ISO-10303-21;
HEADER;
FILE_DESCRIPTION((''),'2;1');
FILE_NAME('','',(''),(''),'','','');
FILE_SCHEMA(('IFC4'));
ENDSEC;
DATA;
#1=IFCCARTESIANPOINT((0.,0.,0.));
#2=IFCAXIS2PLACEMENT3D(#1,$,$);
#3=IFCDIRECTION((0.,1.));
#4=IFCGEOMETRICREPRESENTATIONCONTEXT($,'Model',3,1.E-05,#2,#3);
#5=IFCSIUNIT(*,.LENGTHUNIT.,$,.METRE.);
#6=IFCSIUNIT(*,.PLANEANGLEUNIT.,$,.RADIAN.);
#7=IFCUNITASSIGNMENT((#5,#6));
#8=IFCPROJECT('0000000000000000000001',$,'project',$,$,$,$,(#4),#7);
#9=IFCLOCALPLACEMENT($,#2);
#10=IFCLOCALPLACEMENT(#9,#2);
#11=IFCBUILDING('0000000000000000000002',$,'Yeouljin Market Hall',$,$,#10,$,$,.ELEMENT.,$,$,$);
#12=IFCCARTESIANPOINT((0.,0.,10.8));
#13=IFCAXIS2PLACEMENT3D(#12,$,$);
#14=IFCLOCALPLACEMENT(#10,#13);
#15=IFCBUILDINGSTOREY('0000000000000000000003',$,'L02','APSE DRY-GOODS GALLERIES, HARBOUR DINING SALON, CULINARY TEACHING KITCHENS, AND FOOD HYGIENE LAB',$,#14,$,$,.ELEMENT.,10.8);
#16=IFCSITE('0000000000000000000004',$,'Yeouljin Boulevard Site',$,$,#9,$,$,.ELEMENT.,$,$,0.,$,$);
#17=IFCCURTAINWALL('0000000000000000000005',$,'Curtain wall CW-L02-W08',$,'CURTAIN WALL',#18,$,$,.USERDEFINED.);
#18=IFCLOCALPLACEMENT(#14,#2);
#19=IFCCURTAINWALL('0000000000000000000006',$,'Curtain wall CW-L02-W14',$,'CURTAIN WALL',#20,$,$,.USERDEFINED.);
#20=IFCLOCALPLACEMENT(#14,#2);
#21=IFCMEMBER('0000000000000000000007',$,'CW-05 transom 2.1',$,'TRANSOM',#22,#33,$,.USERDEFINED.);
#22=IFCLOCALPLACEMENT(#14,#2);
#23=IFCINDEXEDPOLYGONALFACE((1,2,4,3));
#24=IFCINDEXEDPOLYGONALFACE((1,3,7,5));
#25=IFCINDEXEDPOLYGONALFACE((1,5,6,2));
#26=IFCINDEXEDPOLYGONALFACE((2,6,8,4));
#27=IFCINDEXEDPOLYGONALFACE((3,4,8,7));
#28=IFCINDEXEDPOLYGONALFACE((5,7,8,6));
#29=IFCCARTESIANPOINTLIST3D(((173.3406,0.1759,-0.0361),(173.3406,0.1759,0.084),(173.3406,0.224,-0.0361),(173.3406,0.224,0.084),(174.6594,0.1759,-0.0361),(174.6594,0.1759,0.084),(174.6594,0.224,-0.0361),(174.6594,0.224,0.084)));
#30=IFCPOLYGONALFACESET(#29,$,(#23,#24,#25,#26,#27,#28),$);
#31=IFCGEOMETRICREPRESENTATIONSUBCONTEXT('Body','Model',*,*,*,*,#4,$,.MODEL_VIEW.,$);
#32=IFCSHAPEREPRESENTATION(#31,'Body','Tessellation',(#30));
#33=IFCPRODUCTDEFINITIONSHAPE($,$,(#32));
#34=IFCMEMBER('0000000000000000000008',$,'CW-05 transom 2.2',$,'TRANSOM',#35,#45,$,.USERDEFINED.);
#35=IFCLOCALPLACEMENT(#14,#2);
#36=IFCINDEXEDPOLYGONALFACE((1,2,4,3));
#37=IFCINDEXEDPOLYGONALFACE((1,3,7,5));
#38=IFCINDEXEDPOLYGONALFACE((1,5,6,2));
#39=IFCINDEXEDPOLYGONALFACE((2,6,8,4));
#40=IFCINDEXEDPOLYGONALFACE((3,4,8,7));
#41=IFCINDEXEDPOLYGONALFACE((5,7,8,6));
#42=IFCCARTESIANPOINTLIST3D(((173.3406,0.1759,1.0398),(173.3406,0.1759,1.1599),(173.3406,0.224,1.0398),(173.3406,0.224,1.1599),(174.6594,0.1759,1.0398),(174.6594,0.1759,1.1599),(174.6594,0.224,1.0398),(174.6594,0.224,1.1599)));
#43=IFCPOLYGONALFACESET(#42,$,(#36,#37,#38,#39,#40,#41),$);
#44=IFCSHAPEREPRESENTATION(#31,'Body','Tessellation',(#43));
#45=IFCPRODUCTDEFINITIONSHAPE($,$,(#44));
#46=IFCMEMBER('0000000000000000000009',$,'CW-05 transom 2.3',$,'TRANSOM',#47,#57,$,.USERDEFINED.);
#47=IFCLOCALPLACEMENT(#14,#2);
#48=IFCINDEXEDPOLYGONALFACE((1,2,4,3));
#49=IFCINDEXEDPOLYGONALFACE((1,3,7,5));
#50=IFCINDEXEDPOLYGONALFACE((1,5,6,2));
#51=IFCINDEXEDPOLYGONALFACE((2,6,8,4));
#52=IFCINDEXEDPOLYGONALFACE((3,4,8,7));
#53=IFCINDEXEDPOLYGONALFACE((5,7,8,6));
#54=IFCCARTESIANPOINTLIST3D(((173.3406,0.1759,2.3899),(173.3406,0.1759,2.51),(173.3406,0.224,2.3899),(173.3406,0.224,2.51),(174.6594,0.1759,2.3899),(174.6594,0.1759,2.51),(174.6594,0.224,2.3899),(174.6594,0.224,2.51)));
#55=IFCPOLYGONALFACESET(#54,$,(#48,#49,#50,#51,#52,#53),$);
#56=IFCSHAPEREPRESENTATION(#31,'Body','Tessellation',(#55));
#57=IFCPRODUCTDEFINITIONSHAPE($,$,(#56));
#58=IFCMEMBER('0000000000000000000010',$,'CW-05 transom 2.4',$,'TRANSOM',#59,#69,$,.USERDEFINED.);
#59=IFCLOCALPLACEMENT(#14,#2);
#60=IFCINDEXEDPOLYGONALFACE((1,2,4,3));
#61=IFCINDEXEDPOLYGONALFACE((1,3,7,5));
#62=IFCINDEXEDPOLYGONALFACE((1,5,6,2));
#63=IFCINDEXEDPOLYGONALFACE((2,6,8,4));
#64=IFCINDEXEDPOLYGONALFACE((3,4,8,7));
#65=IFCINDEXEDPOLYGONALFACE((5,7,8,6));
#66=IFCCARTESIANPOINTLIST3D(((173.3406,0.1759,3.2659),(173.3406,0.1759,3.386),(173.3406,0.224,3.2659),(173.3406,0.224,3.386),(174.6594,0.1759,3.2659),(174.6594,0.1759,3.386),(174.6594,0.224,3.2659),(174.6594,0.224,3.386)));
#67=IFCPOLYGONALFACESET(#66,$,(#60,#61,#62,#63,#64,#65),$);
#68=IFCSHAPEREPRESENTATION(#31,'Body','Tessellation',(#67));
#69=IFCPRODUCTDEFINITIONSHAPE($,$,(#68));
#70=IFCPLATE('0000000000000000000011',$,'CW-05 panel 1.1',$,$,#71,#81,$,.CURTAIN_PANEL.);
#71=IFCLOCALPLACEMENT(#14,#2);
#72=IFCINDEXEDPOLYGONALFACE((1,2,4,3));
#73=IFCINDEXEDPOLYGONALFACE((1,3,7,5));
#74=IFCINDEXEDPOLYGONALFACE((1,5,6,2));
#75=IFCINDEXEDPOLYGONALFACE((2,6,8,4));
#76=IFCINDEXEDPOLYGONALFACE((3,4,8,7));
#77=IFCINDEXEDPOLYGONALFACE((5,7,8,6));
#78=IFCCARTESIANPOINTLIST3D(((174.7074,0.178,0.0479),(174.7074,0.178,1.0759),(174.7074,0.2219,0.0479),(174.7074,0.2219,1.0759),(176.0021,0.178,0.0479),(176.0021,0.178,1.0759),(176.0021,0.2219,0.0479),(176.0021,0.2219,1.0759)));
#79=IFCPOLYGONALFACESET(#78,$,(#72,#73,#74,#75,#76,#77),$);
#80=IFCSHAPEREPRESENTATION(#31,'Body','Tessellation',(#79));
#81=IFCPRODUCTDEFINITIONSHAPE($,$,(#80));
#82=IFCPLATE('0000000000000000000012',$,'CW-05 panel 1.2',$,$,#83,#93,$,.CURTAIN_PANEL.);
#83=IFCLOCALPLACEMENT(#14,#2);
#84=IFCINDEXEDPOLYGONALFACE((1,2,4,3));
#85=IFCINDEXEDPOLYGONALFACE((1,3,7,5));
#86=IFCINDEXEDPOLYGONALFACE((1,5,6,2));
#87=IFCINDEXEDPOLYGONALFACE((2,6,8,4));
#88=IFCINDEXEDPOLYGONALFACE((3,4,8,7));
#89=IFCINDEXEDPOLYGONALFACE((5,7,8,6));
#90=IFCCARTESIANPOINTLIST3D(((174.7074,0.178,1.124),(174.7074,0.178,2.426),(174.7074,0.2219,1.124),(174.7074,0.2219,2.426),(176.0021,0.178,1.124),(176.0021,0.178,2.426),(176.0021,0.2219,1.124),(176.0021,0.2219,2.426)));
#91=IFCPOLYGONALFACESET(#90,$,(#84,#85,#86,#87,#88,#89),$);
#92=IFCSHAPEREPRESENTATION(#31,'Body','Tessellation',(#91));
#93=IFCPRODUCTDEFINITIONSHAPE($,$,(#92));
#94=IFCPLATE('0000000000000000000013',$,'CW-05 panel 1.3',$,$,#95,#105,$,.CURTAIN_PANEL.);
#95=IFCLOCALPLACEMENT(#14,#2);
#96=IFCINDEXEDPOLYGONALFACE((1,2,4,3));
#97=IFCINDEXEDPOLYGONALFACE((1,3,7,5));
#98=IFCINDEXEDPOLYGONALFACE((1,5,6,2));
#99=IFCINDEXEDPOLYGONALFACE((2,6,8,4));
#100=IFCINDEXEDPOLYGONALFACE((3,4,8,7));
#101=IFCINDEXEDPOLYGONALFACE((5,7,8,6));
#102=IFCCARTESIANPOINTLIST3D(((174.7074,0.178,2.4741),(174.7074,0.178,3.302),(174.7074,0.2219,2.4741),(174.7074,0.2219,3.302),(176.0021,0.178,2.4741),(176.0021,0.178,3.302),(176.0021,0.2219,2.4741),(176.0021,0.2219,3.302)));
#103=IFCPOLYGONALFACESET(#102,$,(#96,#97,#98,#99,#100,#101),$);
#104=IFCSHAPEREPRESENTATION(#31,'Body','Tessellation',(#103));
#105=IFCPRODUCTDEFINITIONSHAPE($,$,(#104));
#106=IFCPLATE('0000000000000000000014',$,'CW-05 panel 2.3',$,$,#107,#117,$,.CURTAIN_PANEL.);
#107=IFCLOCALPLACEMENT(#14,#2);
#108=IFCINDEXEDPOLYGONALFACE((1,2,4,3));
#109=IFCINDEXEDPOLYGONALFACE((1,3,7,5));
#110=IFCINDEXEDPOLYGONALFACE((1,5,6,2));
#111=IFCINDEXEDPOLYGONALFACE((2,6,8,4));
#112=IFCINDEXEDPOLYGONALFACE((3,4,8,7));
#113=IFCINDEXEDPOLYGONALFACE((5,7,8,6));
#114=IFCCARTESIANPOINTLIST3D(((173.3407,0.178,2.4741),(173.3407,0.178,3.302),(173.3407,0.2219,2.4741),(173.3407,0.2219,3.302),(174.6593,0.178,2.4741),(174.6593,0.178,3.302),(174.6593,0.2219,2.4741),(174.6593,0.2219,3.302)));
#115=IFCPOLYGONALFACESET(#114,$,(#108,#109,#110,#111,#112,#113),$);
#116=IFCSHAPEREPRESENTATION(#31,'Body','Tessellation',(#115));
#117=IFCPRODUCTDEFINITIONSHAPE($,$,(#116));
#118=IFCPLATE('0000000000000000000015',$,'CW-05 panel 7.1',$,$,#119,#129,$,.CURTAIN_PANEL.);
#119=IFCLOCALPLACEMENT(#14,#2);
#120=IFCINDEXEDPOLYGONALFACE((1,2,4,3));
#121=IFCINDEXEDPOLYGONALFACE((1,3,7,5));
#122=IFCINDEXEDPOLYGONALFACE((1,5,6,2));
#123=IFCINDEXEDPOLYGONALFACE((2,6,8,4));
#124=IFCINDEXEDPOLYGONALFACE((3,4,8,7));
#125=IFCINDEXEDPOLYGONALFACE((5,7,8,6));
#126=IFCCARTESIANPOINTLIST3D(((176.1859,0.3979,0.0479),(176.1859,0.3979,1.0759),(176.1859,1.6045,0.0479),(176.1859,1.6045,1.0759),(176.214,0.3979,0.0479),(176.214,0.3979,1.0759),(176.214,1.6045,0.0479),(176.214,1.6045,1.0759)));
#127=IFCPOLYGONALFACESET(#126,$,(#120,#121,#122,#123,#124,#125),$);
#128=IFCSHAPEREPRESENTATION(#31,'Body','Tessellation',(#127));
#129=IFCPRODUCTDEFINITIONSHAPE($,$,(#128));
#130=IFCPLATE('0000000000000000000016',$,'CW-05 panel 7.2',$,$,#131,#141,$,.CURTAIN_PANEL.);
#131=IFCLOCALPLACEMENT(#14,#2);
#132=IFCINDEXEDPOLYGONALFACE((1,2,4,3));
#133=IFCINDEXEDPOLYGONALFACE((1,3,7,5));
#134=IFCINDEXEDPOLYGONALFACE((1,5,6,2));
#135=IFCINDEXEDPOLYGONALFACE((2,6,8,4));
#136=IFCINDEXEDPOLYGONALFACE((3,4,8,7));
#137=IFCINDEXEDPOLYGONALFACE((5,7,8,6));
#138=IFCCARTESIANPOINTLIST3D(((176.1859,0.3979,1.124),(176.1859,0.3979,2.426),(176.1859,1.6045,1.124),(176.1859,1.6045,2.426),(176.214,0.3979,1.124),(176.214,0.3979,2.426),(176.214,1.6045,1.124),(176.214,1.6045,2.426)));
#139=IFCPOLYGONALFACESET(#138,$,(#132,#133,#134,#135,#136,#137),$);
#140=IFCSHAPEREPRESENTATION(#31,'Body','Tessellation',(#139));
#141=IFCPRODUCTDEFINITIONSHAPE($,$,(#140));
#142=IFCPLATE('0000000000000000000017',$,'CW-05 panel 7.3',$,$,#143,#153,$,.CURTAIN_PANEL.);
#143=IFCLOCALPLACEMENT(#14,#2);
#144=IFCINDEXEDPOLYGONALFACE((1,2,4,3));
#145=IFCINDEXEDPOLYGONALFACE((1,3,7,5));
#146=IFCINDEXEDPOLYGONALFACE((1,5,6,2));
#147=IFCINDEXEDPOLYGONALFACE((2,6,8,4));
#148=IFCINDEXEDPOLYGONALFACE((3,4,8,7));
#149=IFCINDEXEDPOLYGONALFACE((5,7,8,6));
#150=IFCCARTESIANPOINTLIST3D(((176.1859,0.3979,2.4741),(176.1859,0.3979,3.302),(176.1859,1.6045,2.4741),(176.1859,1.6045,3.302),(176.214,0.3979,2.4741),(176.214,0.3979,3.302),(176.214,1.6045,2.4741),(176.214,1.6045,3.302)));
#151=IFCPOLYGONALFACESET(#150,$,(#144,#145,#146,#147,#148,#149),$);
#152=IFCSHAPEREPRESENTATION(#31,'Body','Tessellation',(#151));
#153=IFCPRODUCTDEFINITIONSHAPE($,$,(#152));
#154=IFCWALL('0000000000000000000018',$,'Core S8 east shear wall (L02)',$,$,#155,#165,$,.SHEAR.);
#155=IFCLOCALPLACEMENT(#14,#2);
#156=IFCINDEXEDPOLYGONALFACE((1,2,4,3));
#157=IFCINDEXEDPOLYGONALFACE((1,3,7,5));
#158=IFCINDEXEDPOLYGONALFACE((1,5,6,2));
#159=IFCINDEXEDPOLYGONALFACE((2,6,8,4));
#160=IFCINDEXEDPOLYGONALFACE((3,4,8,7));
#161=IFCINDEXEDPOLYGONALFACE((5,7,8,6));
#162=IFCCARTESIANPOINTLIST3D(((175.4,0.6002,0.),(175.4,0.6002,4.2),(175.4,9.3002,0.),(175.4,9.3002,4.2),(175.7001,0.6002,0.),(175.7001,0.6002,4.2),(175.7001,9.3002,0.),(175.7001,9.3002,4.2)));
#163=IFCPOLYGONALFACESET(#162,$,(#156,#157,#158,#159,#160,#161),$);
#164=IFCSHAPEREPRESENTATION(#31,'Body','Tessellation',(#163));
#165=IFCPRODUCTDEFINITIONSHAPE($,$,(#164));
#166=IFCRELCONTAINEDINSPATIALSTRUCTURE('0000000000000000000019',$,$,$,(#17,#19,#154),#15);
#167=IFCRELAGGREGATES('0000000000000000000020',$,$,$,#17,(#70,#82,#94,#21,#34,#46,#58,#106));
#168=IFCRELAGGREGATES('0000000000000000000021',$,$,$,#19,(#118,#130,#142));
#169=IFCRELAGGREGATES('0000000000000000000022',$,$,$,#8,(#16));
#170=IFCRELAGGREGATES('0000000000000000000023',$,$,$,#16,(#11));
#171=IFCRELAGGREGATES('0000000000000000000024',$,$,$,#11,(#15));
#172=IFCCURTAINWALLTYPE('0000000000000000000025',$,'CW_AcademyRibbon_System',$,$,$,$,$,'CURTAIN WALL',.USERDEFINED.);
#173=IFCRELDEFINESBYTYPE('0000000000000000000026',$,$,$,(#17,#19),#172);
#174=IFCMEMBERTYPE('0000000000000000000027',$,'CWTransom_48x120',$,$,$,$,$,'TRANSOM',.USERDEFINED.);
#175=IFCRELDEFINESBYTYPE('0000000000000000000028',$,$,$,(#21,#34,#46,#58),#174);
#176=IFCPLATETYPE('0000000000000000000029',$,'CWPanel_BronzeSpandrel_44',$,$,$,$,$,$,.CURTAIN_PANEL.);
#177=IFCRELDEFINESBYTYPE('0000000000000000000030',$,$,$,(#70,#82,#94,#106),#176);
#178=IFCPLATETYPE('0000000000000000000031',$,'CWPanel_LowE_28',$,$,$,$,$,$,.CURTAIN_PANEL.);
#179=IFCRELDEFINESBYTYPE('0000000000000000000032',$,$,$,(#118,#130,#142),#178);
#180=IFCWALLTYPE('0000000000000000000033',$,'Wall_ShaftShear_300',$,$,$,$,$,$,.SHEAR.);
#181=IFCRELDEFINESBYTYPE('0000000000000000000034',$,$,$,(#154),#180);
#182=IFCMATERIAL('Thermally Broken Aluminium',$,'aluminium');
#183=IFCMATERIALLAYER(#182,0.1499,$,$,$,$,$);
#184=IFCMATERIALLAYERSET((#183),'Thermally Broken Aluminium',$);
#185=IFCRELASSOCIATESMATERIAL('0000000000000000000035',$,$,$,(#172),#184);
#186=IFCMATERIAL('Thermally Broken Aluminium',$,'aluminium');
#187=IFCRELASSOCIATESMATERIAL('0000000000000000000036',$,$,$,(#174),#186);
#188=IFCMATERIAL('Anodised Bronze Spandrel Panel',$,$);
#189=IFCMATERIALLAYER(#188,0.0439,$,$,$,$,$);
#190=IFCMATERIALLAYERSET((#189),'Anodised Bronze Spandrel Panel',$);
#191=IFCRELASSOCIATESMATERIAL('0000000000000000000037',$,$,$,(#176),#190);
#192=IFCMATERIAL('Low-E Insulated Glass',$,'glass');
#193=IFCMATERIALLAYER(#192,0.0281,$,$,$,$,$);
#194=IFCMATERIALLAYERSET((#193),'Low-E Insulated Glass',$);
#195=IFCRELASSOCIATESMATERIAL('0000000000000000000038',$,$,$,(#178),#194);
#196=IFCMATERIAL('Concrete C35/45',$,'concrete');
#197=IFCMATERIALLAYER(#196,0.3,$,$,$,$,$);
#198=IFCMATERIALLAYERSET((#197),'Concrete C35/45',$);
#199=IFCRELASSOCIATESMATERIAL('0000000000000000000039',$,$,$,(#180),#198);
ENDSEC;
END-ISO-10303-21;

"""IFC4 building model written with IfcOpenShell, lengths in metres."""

from ifc_helpers import new_model, si_unit, direction, frame, frame_2d, origin, origin_2d, place, context, subcontext, project, spatial, rectangle, extrude, material, layer, layer_set, material_profile, profile_set, type_object, element, aggregate, save


model = new_model("IFC4")

# Units and contexts
model_context = context("Model", 3, precision=1e-05, world=origin(), true_north=direction((0.0, 1.0)))
body_context = subcontext(model_context, "Body", "Model", "MODEL_VIEW")
ifc_project = project(units=[si_unit("LENGTHUNIT", "METRE"), si_unit("PLANEANGLEUNIT", "RADIAN")], contexts=[model_context])

# Site, building, storey
site_placement = place(None, origin())
site = spatial("IfcSite", under=ifc_project, at=site_placement, Name="Yeouljin Boulevard Site", CompositionType="ELEMENT", RefElevation=0.0)
building_placement = place(site_placement, origin())
building = spatial("IfcBuilding", under=site, at=building_placement, Name="Yeouljin Market Hall", CompositionType="ELEMENT")
storey_placement = place(building_placement, frame((0.0, 0.0, 10.8)))
storey = spatial("IfcBuildingStorey", under=building, at=storey_placement, Name="L02", Description="APSE DRY-GOODS GALLERIES, HARBOUR DINING SALON, CULINARY TEACHING KITCHENS, AND FOOD HYGIENE LAB", CompositionType="ELEMENT", Elevation=10.8)

# Curtain wall
ifc_material_1 = material(Name="Thermally Broken Aluminium", Category="aluminium")
ifc_layer_1 = layer(ifc_material_1, 0.1499)
ifc_layer_set_1 = layer_set([ifc_layer_1], Name="Thermally Broken Aluminium")
curtain_wall_type = type_object("IfcCurtainWallType", Name="CW_AcademyRibbon_System", ElementType="CURTAIN WALL", PredefinedType="USERDEFINED", material=ifc_layer_set_1)
curtain_wall_1_placement = place(storey_placement, origin())
curtain_wall_1 = element("IfcCurtainWall", 1, at=curtain_wall_1_placement, inside=storey, type_object=curtain_wall_type, Name="Curtain wall CW-L02-W08", ObjectType="CURTAIN WALL", PredefinedType="USERDEFINED")

# Curtain wall
curtain_wall_2_placement = place(storey_placement, origin())
curtain_wall_2 = element("IfcCurtainWall", 2, at=curtain_wall_2_placement, inside=storey, type_object=curtain_wall_type, Name="Curtain wall CW-L02-W14", ObjectType="CURTAIN WALL", PredefinedType="USERDEFINED")

# Members
ifc_material_2 = material(Name="Thermally Broken Aluminium", Category="aluminium")
ifc_material_profile_1 = material_profile(ifc_material_2, rectangle(XDim=0.0481, YDim=0.1201, at=origin_2d()), Name="CW-TRAN-48x120")
ifc_profile_set_1 = profile_set([ifc_material_profile_1], Name="Thermally Broken Aluminium")
member_type_1 = type_object("IfcMemberType", Name="CWTransom_48x120", ElementType="TRANSOM", PredefinedType="USERDEFINED", material=ifc_profile_set_1)
member_1_placement = place(storey_placement, frame((174.6594, 0.2, 0.0239), z_axis=(-1.0, 0.0, 0.0), x_axis=(0.0, -1.0, 0.0)))
member_1 = element("IfcMember", 3, at=member_1_placement, type_object=member_type_1, Name="CW-05 transom 2.1", ObjectType="TRANSOM", PredefinedType="USERDEFINED", context=body_context, shape_type="SweptSolid", body=[
    extrude(rectangle(XDim=0.0481, YDim=0.1201, at=origin_2d()), origin(), (0.0, 0.0, 1.0), 1.3188),
])
member_2_placement = place(storey_placement, frame((174.6594, 0.2, 1.0999), z_axis=(-1.0, 0.0, 0.0), x_axis=(0.0, -1.0, 0.0)))
member_2 = element("IfcMember", 4, at=member_2_placement, type_object=member_type_1, Name="CW-05 transom 2.2", ObjectType="TRANSOM", PredefinedType="USERDEFINED", context=body_context, shape_type="SweptSolid", body=[
    extrude(rectangle(XDim=0.0481, YDim=0.1201, at=origin_2d()), origin(), (0.0, 0.0, 1.0), 1.3188),
])
member_3_placement = place(storey_placement, frame((174.6594, 0.2, 2.45), z_axis=(-1.0, 0.0, 0.0), x_axis=(0.0, -1.0, 0.0)))
member_3 = element("IfcMember", 5, at=member_3_placement, type_object=member_type_1, Name="CW-05 transom 2.3", ObjectType="TRANSOM", PredefinedType="USERDEFINED", context=body_context, shape_type="SweptSolid", body=[
    extrude(rectangle(XDim=0.0481, YDim=0.1201, at=origin_2d()), origin(), (0.0, 0.0, 1.0), 1.3188),
])
member_4_placement = place(storey_placement, frame((174.6594, 0.2, 3.3259), z_axis=(-1.0, 0.0, 0.0), x_axis=(0.0, -1.0, 0.0)))
member_4 = element("IfcMember", 6, at=member_4_placement, type_object=member_type_1, Name="CW-05 transom 2.4", ObjectType="TRANSOM", PredefinedType="USERDEFINED", context=body_context, shape_type="SweptSolid", body=[
    extrude(rectangle(XDim=0.0481, YDim=0.1201, at=origin_2d()), origin(), (0.0, 0.0, 1.0), 1.3188),
])

# Plates
ifc_material_3 = material(Name="Anodised Bronze Spandrel Panel")
ifc_layer_2 = layer(ifc_material_3, 0.0439)
ifc_layer_set_2 = layer_set([ifc_layer_2], Name="Anodised Bronze Spandrel Panel")
plate_type_1 = type_object("IfcPlateType", Name="CWPanel_BronzeSpandrel_44", PredefinedType="CURTAIN_PANEL", material=ifc_layer_set_2)
plate_1_placement = place(storey_placement, frame((175.3547, 0.2, 0.0479), z_axis=(0.0, 0.0, 1.0), x_axis=(-1.0, 0.0, 0.0)))
plate_1 = element("IfcPlate", 7, at=plate_1_placement, type_object=plate_type_1, Name="CW-05 panel 1.1", PredefinedType="CURTAIN_PANEL", context=body_context, shape_type="SweptSolid", body=[
    extrude(rectangle(XDim=1.2947, YDim=0.0439, at=origin_2d()), origin(), (0.0, 0.0, 1.0), 1.0281),
])
plate_2_placement = place(storey_placement, frame((175.3547, 0.2, 1.124), z_axis=(0.0, 0.0, 1.0), x_axis=(-1.0, 0.0, 0.0)))
plate_2 = element("IfcPlate", 8, at=plate_2_placement, type_object=plate_type_1, Name="CW-05 panel 1.2", PredefinedType="CURTAIN_PANEL", context=body_context, shape_type="SweptSolid", body=[
    extrude(rectangle(XDim=1.2947, YDim=0.0439, at=origin_2d()), origin(), (0.0, 0.0, 1.0), 1.302),
])
plate_3_placement = place(storey_placement, frame((175.3547, 0.2, 2.4741), z_axis=(0.0, 0.0, 1.0), x_axis=(-1.0, 0.0, 0.0)))
plate_3 = element("IfcPlate", 9, at=plate_3_placement, type_object=plate_type_1, Name="CW-05 panel 1.3", PredefinedType="CURTAIN_PANEL", context=body_context, shape_type="SweptSolid", body=[
    extrude(rectangle(XDim=1.2947, YDim=0.0439, at=origin_2d()), origin(), (0.0, 0.0, 1.0), 0.8279),
])
plate_4_placement = place(storey_placement, frame((174.0, 0.2, 2.4741), z_axis=(0.0, 0.0, 1.0), x_axis=(-1.0, 0.0, 0.0)))
plate_4 = element("IfcPlate", 10, at=plate_4_placement, type_object=plate_type_1, Name="CW-05 panel 2.3", PredefinedType="CURTAIN_PANEL", context=body_context, shape_type="SweptSolid", body=[
    extrude(rectangle(XDim=1.3186, YDim=0.0439, at=origin_2d()), origin(), (0.0, 0.0, 1.0), 0.8279),
])
aggregate(curtain_wall_1, [plate_1, plate_2, plate_3, member_1, member_2, member_3, member_4, plate_4])
ifc_material_4 = material(Name="Low-E Insulated Glass", Category="glass")
ifc_layer_3 = layer(ifc_material_4, 0.0281)
ifc_layer_set_3 = layer_set([ifc_layer_3], Name="Low-E Insulated Glass")
plate_type_2 = type_object("IfcPlateType", Name="CWPanel_LowE_28", PredefinedType="CURTAIN_PANEL", material=ifc_layer_set_3)
plate_5_placement = place(storey_placement, frame((176.2, 1.0012, 0.0479), z_axis=(0.0, 0.0, 1.0), x_axis=(0.0, -1.0, 0.0)))
plate_5 = element("IfcPlate", 11, at=plate_5_placement, type_object=plate_type_2, Name="CW-05 panel 7.1", PredefinedType="CURTAIN_PANEL", context=body_context, shape_type="SweptSolid", body=[
    extrude(rectangle(XDim=1.2065, YDim=0.0281, at=origin_2d()), origin(), (0.0, 0.0, 1.0), 1.0281),
])
plate_6_placement = place(storey_placement, frame((176.2, 1.0012, 1.124), z_axis=(0.0, 0.0, 1.0), x_axis=(0.0, -1.0, 0.0)))
plate_6 = element("IfcPlate", 12, at=plate_6_placement, type_object=plate_type_2, Name="CW-05 panel 7.2", PredefinedType="CURTAIN_PANEL", context=body_context, shape_type="SweptSolid", body=[
    extrude(rectangle(XDim=1.2065, YDim=0.0281, at=origin_2d()), origin(), (0.0, 0.0, 1.0), 1.302),
])
plate_7_placement = place(storey_placement, frame((176.2, 1.0012, 2.4741), z_axis=(0.0, 0.0, 1.0), x_axis=(0.0, -1.0, 0.0)))
plate_7 = element("IfcPlate", 13, at=plate_7_placement, type_object=plate_type_2, Name="CW-05 panel 7.3", PredefinedType="CURTAIN_PANEL", context=body_context, shape_type="SweptSolid", body=[
    extrude(rectangle(XDim=1.2065, YDim=0.0281, at=origin_2d()), origin(), (0.0, 0.0, 1.0), 0.8279),
])
aggregate(curtain_wall_2, [plate_5, plate_6, plate_7])

# Wall
ifc_material_5 = material(Name="Concrete C35/45", Category="concrete")
ifc_layer_4 = layer(ifc_material_5, 0.3)
ifc_layer_set_4 = layer_set([ifc_layer_4], Name="Concrete C35/45")
wall_type = type_object("IfcWallType", Name="Wall_ShaftShear_300", PredefinedType="SHEAR", material=ifc_layer_set_4)
wall_placement = place(storey_placement, frame((175.55, 0.6001, 0.0), z_axis=(0.0, 0.0, 1.0), x_axis=(0.0, 1.0, 0.0)))
element("IfcWall", 14, at=wall_placement, inside=storey, type_object=wall_type, Name="Core S8 east shear wall (L02)", PredefinedType="SHEAR", context=body_context, shape_type="SweptSolid", body=[
    extrude(rectangle(XDim=8.7, YDim=0.3, at=frame_2d((4.3501, 0.0))), origin(), (0.0, 0.0, 1.0), 4.2),
])

save(model, "model.ifc")
